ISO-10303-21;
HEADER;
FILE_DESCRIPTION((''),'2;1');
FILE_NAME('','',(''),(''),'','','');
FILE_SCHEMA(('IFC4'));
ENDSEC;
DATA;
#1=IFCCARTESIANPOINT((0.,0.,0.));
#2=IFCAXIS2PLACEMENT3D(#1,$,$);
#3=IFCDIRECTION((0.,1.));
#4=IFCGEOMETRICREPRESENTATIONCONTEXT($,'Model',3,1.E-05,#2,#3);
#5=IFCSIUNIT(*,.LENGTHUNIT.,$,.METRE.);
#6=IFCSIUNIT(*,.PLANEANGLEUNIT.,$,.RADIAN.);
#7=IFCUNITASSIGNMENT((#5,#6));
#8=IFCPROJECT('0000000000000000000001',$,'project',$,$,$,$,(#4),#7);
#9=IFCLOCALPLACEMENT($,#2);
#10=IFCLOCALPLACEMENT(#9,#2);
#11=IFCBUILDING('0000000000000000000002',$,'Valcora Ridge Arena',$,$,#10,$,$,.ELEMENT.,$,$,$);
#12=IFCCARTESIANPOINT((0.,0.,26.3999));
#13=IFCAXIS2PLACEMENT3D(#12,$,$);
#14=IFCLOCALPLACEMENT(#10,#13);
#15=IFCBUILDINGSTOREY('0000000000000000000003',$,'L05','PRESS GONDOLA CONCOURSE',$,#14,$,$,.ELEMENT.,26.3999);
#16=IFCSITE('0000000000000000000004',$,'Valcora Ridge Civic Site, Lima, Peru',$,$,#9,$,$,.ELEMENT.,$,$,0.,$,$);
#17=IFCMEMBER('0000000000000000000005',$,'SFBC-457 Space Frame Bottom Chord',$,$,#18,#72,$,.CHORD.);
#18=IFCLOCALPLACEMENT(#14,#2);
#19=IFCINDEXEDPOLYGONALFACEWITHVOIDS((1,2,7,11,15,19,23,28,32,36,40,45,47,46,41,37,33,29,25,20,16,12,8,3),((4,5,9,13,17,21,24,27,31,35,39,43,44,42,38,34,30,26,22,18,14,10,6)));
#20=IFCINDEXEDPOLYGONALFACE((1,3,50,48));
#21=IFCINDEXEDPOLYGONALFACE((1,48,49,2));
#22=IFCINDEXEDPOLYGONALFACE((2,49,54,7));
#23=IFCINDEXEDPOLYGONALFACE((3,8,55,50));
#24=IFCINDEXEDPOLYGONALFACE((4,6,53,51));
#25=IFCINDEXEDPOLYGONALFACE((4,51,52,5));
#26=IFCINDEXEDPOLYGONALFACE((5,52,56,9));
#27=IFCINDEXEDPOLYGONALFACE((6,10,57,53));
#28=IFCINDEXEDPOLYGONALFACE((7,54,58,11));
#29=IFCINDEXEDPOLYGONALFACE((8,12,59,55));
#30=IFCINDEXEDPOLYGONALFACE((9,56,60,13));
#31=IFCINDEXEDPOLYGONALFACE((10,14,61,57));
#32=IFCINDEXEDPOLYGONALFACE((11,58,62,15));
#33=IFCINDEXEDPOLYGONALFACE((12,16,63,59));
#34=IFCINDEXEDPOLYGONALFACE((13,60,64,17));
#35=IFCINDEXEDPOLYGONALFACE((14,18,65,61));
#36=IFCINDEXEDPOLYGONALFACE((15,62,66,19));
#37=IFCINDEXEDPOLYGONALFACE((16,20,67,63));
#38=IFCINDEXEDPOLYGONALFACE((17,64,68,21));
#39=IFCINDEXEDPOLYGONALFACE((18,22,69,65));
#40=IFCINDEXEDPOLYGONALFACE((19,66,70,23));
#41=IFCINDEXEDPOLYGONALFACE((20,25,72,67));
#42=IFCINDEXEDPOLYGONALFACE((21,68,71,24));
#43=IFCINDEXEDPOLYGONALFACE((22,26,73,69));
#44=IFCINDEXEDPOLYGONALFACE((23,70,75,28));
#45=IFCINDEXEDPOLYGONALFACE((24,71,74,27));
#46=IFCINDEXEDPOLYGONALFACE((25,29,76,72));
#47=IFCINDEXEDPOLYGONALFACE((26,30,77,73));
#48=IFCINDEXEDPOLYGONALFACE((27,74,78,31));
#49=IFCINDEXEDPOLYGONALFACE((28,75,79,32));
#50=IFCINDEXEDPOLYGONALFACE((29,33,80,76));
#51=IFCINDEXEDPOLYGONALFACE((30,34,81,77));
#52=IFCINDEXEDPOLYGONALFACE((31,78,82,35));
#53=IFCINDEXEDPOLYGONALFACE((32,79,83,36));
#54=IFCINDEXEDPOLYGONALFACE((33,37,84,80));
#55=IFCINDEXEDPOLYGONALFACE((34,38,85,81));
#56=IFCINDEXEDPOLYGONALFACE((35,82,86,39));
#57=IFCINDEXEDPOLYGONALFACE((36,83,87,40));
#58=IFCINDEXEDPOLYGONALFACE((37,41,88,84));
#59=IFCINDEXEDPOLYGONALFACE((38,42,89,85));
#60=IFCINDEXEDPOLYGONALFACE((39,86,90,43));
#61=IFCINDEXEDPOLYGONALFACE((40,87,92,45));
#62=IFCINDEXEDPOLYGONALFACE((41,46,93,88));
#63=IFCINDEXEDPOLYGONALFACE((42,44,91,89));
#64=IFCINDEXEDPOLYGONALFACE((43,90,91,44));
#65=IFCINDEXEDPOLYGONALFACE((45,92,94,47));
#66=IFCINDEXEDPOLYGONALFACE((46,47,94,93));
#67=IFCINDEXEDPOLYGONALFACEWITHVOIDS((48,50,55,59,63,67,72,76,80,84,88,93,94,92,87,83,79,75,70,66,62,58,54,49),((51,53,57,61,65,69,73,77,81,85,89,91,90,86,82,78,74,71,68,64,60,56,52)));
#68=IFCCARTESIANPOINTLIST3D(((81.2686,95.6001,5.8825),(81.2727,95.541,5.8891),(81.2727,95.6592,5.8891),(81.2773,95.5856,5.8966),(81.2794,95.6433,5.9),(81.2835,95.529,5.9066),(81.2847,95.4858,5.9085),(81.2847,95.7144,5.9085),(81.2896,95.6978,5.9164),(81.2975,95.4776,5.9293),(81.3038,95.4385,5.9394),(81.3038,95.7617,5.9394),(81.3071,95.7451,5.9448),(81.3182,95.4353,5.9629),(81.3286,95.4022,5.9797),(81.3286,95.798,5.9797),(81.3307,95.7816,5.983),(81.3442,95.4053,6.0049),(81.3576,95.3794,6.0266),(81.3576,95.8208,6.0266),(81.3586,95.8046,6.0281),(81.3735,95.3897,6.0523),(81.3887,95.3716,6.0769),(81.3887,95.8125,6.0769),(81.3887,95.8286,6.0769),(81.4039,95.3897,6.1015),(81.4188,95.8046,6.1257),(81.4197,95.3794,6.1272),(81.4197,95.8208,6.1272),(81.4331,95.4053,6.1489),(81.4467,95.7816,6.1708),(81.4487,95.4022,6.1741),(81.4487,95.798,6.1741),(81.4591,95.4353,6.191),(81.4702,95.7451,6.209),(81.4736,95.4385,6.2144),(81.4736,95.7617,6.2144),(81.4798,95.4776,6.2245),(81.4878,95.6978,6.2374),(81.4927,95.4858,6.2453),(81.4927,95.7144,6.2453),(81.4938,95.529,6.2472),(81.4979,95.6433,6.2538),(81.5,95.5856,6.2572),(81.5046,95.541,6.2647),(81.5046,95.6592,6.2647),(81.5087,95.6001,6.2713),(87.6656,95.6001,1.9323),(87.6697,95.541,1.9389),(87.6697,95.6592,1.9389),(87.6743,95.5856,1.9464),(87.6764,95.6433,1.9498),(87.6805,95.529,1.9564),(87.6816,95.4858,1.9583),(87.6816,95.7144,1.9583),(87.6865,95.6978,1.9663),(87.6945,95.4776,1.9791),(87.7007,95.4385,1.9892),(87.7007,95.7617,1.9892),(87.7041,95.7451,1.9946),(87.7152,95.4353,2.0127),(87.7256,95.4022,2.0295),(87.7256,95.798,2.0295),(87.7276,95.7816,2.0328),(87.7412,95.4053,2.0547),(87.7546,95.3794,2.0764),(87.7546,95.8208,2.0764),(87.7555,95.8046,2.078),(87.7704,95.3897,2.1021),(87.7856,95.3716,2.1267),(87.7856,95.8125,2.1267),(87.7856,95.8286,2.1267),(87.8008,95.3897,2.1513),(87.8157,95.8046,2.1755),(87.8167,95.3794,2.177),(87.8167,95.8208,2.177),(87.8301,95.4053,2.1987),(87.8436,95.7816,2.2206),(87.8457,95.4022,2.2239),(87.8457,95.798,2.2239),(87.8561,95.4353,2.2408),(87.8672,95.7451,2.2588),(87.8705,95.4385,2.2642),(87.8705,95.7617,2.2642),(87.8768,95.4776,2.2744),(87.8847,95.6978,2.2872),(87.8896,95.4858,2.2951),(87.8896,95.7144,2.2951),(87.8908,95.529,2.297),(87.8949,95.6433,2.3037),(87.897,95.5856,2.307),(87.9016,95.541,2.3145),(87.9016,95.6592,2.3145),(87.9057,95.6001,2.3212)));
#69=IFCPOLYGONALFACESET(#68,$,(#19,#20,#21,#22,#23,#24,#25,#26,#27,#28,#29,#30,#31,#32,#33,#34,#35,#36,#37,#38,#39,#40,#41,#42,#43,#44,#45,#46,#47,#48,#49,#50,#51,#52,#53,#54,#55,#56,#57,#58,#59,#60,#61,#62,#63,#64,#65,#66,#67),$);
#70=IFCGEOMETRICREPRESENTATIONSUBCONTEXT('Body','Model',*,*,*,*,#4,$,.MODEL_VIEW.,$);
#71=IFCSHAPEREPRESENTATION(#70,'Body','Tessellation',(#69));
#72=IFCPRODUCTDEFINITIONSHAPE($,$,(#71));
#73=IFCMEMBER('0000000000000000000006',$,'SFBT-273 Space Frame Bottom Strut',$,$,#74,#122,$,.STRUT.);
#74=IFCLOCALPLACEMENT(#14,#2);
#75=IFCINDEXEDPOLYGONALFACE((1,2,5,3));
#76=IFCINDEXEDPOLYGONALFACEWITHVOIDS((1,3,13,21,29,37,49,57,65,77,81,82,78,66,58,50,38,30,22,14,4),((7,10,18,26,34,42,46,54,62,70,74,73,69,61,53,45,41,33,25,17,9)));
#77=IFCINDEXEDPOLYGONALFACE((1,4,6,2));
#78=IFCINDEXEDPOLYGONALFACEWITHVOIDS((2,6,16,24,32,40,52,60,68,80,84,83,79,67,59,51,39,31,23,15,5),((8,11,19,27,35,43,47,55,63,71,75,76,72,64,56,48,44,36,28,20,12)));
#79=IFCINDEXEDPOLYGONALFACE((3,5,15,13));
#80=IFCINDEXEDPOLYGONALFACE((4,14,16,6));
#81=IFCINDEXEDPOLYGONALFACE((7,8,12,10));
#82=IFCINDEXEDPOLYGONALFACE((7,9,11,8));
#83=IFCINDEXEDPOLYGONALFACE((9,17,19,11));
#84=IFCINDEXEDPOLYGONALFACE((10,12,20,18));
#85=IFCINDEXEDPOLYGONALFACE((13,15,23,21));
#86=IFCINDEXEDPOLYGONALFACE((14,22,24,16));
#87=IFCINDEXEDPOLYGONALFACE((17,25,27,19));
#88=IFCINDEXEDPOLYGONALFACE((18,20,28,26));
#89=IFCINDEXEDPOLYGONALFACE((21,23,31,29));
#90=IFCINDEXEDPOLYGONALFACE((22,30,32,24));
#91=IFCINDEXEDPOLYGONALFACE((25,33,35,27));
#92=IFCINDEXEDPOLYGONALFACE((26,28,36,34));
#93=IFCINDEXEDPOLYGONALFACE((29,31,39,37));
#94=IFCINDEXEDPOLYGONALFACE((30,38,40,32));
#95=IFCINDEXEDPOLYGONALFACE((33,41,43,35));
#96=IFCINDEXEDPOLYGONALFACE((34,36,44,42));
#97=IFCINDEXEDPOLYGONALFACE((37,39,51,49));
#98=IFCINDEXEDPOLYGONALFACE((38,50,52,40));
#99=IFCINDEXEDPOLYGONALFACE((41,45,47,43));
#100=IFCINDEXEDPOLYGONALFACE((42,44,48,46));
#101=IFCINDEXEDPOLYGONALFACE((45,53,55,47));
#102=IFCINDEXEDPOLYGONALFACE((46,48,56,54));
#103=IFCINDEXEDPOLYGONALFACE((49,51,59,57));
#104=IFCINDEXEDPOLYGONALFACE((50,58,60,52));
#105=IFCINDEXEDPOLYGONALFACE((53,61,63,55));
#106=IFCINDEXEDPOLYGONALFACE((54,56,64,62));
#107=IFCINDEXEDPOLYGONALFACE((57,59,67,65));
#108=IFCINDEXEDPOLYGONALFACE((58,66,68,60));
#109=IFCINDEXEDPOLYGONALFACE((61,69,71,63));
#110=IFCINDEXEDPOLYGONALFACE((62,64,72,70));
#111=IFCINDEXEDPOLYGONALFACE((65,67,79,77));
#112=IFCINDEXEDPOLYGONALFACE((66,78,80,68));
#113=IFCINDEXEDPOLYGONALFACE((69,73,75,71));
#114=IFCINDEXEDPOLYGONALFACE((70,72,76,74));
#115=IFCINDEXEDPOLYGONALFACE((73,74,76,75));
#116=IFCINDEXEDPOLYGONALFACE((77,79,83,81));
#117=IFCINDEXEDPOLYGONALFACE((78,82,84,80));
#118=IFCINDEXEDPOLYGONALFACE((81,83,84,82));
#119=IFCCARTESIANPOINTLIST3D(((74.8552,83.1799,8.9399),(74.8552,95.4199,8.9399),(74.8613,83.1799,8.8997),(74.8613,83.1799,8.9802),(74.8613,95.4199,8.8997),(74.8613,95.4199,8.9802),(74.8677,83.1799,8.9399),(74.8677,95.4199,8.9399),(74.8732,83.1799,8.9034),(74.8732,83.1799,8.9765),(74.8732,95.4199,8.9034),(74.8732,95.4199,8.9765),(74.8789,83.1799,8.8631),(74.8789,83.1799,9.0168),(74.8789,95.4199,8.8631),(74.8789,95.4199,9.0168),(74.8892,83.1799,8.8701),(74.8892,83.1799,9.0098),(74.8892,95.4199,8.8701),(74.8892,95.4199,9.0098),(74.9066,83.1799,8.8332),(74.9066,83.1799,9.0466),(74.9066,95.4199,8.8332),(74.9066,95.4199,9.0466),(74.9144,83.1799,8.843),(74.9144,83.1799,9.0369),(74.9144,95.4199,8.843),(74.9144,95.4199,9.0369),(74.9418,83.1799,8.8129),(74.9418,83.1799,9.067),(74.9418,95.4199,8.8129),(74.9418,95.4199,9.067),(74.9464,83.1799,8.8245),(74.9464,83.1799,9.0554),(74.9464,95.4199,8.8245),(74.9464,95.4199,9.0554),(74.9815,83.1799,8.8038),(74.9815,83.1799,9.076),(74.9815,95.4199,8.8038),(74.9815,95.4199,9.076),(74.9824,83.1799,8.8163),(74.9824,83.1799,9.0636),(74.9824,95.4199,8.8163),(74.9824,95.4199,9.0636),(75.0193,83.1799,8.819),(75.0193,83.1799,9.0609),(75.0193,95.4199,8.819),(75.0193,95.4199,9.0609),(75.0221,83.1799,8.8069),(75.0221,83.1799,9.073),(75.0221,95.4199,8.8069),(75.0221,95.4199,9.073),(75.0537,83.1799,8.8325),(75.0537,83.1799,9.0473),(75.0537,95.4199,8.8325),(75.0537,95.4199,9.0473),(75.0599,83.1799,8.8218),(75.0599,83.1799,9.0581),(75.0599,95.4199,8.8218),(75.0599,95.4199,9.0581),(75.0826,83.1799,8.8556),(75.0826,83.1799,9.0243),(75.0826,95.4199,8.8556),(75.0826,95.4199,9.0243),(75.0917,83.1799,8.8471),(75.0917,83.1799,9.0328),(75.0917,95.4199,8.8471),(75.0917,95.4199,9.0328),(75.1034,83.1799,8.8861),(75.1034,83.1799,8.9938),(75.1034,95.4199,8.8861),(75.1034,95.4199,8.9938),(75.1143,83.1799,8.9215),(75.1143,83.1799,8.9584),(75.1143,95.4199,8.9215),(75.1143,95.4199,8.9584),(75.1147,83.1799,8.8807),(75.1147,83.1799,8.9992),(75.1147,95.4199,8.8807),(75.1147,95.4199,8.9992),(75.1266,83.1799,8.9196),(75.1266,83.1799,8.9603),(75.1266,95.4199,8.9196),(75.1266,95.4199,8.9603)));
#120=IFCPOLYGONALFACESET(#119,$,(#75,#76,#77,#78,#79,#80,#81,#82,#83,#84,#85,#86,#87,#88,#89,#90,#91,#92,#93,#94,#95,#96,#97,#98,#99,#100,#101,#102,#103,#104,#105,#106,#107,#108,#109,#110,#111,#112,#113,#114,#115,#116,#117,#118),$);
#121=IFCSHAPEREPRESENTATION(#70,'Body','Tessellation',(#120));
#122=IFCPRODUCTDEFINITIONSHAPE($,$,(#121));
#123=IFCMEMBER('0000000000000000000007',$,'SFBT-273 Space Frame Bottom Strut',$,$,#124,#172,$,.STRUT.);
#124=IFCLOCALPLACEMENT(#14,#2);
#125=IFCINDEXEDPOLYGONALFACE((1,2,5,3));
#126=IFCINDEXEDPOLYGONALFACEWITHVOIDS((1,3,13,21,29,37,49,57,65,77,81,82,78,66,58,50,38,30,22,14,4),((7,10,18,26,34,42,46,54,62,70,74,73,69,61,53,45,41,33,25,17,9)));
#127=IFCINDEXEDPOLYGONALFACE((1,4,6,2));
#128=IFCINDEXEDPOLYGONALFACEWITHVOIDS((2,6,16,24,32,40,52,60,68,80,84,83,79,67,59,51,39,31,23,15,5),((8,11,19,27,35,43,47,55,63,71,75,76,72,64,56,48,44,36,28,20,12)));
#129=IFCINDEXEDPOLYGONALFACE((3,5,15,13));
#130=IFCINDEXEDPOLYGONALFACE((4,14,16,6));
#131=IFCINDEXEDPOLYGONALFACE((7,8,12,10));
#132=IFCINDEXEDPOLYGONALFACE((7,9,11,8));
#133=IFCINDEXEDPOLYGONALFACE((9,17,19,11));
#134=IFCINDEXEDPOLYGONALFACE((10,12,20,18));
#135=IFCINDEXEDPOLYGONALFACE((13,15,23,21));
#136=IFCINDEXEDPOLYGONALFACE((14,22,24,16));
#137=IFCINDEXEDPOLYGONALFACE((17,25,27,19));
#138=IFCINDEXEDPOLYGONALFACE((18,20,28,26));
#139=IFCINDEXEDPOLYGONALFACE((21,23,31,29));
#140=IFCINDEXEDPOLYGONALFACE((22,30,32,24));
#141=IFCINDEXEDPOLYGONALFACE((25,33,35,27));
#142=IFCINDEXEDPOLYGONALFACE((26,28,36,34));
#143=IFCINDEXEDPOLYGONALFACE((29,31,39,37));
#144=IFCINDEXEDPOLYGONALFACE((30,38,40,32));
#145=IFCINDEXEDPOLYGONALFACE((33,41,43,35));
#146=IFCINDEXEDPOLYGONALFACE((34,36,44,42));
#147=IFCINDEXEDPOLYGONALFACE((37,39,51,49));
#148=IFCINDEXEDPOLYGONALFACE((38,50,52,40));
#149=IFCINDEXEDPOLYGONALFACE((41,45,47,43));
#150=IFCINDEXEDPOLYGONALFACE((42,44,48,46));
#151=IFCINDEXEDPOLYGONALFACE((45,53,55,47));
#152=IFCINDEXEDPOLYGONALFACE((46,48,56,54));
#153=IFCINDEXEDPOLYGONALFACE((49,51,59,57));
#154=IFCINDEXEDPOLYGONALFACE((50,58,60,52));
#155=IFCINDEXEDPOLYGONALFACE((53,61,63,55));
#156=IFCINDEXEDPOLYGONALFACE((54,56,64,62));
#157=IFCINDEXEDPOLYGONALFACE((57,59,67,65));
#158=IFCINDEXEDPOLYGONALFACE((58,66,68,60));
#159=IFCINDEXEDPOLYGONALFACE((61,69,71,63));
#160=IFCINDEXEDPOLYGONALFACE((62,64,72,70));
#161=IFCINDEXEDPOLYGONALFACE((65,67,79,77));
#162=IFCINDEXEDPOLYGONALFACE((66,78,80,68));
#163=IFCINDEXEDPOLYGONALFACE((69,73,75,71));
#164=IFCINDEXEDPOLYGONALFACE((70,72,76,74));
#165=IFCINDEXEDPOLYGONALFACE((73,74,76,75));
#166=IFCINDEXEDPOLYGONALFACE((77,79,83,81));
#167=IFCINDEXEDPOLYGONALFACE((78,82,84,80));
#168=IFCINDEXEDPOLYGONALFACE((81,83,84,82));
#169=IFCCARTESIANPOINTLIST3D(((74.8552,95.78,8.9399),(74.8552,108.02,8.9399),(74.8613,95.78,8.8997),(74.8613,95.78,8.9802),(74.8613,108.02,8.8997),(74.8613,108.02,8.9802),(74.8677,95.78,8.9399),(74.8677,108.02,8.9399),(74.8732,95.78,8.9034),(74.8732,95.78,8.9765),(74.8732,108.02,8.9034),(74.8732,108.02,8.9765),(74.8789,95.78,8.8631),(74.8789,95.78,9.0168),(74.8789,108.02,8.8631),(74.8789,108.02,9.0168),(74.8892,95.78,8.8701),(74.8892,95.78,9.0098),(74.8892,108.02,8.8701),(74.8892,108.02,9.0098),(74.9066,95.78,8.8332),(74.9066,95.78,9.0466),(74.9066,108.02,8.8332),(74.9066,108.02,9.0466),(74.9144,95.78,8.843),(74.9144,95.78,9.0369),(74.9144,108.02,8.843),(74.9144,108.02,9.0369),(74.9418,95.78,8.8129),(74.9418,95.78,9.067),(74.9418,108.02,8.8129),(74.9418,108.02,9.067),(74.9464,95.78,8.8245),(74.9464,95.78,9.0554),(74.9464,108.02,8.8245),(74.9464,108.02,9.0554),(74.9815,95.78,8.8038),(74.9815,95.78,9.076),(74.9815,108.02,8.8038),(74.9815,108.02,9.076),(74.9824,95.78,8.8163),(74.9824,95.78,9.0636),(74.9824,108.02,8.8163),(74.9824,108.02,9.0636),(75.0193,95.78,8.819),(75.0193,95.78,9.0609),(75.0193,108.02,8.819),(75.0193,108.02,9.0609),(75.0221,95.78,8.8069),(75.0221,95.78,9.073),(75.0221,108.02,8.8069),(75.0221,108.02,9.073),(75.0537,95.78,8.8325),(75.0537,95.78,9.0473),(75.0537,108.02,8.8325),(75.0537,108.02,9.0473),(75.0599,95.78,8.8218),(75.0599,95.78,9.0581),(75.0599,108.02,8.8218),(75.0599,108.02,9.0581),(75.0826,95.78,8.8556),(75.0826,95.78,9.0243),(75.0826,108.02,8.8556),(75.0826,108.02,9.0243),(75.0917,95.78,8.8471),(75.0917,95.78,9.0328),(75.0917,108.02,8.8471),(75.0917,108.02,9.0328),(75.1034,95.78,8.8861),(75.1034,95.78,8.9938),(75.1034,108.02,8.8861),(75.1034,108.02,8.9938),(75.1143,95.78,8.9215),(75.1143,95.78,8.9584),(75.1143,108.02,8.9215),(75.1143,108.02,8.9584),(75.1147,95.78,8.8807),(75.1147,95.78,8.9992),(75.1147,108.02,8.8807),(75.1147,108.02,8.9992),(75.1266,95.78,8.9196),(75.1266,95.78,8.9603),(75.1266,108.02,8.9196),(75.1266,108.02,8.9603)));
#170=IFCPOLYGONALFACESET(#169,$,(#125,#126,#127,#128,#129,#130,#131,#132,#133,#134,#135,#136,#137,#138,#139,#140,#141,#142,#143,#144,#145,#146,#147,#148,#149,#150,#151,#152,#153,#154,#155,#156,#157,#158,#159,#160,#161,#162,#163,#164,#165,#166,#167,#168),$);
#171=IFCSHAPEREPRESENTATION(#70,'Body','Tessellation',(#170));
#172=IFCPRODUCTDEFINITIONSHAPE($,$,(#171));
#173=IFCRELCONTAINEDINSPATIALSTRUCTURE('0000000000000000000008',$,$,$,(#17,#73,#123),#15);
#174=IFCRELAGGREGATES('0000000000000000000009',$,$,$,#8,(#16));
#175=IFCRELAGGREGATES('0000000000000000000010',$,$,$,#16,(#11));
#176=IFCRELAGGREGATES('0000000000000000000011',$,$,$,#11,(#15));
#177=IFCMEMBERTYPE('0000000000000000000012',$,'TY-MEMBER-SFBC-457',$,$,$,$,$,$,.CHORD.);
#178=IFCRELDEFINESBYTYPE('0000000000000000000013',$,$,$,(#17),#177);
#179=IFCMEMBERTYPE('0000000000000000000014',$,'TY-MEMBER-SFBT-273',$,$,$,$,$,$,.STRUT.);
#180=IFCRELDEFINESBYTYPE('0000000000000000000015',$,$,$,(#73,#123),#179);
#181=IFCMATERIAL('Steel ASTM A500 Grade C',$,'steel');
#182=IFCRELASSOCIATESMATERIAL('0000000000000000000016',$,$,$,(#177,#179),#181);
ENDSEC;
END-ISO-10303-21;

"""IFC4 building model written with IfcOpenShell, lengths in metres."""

from ifc_helpers import new_model, si_unit, direction, frame, origin, origin_2d, place, context, subcontext, project, spatial, hollow_circle, extrude, material, material_profile, profile_set, type_object, element, save


model = new_model("IFC4")

# Units and contexts
model_context = context("Model", 3, precision=1e-05, world=origin(), true_north=direction((0.0, 1.0)))
body_context = subcontext(model_context, "Body", "Model", "MODEL_VIEW")
ifc_project = project(units=[si_unit("LENGTHUNIT", "METRE"), si_unit("PLANEANGLEUNIT", "RADIAN")], contexts=[model_context])

# Site, building, storey
site_placement = place(None, origin())
site = spatial("IfcSite", under=ifc_project, at=site_placement, Name="Valcora Ridge Civic Site, Lima, Peru", CompositionType="ELEMENT", RefElevation=0.0)
building_placement = place(site_placement, origin())
building = spatial("IfcBuilding", under=site, at=building_placement, Name="Valcora Ridge Arena", CompositionType="ELEMENT")
storey_placement = place(building_placement, frame((0.0, 0.0, 26.3999)))
storey = spatial("IfcBuildingStorey", under=building, at=storey_placement, Name="L05", Description="PRESS GONDOLA CONCOURSE", CompositionType="ELEMENT", Elevation=26.3999)

# Members
ifc_material_1 = material(Name="Steel ASTM A500 Grade C", Category="steel")
ifc_material_profile_1 = material_profile(ifc_material_1, hollow_circle(Radius=0.2285, WallThickness=0.0161, at=origin_2d()), Name="CHS457X16")
ifc_profile_set_1 = profile_set([ifc_material_profile_1], Name="Steel ASTM A500 Grade C")
member_type_1 = type_object("IfcMemberType", Name="TY-MEMBER-SFBC-457", PredefinedType="CHORD", material=ifc_profile_set_1)
member_1_placement = place(storey_placement, frame((81.3887, 95.6001, 6.0769), z_axis=(0.85085, 0.0, -0.525409), x_axis=(0.0, 1.0, 0.0)))
element("IfcMember", 1, at=member_1_placement, inside=storey, type_object=member_type_1, Name="SFBC-457 Space Frame Bottom Chord", PredefinedType="CHORD", context=body_context, shape_type="SweptSolid", body=[
    extrude(hollow_circle(Radius=0.2285, WallThickness=0.0161, at=origin_2d()), origin(), (0.0, 0.0, 1.0), 7.5183),
])
ifc_material_profile_2 = material_profile(ifc_material_1, hollow_circle(Radius=0.1365, WallThickness=0.0125, at=origin_2d()), Name="CHS273X12")
ifc_profile_set_2 = profile_set([ifc_material_profile_2], Name="Steel ASTM A500 Grade C")
member_type_2 = type_object("IfcMemberType", Name="TY-MEMBER-SFBT-273", PredefinedType="STRUT", material=ifc_profile_set_2)
for number, where, z_axis, x_axis, name in (
    (2, (74.9917, 83.1799, 8.9399), (0.0, 1.0, 0.0), (-1.0, 0.0, 0.0), "SFBT-273 Space Frame Bottom Strut"),
    (3, (74.9917, 95.78, 8.9399), (0.0, 1.0, 0.0), (-1.0, 0.0, 0.0), "SFBT-273 Space Frame Bottom Strut"),
):
    element("IfcMember", number, at=place(storey_placement, frame(where, z_axis=z_axis, x_axis=x_axis)), inside=storey, type_object=member_type_2, Name=name, PredefinedType="STRUT", context=body_context, shape_type="SweptSolid", body=[
        extrude(hollow_circle(Radius=0.1365, WallThickness=0.0125, at=origin_2d()), origin(), (0.0, 0.0, 1.0), 12.24),
    ])

save(model, "model.ifc")
